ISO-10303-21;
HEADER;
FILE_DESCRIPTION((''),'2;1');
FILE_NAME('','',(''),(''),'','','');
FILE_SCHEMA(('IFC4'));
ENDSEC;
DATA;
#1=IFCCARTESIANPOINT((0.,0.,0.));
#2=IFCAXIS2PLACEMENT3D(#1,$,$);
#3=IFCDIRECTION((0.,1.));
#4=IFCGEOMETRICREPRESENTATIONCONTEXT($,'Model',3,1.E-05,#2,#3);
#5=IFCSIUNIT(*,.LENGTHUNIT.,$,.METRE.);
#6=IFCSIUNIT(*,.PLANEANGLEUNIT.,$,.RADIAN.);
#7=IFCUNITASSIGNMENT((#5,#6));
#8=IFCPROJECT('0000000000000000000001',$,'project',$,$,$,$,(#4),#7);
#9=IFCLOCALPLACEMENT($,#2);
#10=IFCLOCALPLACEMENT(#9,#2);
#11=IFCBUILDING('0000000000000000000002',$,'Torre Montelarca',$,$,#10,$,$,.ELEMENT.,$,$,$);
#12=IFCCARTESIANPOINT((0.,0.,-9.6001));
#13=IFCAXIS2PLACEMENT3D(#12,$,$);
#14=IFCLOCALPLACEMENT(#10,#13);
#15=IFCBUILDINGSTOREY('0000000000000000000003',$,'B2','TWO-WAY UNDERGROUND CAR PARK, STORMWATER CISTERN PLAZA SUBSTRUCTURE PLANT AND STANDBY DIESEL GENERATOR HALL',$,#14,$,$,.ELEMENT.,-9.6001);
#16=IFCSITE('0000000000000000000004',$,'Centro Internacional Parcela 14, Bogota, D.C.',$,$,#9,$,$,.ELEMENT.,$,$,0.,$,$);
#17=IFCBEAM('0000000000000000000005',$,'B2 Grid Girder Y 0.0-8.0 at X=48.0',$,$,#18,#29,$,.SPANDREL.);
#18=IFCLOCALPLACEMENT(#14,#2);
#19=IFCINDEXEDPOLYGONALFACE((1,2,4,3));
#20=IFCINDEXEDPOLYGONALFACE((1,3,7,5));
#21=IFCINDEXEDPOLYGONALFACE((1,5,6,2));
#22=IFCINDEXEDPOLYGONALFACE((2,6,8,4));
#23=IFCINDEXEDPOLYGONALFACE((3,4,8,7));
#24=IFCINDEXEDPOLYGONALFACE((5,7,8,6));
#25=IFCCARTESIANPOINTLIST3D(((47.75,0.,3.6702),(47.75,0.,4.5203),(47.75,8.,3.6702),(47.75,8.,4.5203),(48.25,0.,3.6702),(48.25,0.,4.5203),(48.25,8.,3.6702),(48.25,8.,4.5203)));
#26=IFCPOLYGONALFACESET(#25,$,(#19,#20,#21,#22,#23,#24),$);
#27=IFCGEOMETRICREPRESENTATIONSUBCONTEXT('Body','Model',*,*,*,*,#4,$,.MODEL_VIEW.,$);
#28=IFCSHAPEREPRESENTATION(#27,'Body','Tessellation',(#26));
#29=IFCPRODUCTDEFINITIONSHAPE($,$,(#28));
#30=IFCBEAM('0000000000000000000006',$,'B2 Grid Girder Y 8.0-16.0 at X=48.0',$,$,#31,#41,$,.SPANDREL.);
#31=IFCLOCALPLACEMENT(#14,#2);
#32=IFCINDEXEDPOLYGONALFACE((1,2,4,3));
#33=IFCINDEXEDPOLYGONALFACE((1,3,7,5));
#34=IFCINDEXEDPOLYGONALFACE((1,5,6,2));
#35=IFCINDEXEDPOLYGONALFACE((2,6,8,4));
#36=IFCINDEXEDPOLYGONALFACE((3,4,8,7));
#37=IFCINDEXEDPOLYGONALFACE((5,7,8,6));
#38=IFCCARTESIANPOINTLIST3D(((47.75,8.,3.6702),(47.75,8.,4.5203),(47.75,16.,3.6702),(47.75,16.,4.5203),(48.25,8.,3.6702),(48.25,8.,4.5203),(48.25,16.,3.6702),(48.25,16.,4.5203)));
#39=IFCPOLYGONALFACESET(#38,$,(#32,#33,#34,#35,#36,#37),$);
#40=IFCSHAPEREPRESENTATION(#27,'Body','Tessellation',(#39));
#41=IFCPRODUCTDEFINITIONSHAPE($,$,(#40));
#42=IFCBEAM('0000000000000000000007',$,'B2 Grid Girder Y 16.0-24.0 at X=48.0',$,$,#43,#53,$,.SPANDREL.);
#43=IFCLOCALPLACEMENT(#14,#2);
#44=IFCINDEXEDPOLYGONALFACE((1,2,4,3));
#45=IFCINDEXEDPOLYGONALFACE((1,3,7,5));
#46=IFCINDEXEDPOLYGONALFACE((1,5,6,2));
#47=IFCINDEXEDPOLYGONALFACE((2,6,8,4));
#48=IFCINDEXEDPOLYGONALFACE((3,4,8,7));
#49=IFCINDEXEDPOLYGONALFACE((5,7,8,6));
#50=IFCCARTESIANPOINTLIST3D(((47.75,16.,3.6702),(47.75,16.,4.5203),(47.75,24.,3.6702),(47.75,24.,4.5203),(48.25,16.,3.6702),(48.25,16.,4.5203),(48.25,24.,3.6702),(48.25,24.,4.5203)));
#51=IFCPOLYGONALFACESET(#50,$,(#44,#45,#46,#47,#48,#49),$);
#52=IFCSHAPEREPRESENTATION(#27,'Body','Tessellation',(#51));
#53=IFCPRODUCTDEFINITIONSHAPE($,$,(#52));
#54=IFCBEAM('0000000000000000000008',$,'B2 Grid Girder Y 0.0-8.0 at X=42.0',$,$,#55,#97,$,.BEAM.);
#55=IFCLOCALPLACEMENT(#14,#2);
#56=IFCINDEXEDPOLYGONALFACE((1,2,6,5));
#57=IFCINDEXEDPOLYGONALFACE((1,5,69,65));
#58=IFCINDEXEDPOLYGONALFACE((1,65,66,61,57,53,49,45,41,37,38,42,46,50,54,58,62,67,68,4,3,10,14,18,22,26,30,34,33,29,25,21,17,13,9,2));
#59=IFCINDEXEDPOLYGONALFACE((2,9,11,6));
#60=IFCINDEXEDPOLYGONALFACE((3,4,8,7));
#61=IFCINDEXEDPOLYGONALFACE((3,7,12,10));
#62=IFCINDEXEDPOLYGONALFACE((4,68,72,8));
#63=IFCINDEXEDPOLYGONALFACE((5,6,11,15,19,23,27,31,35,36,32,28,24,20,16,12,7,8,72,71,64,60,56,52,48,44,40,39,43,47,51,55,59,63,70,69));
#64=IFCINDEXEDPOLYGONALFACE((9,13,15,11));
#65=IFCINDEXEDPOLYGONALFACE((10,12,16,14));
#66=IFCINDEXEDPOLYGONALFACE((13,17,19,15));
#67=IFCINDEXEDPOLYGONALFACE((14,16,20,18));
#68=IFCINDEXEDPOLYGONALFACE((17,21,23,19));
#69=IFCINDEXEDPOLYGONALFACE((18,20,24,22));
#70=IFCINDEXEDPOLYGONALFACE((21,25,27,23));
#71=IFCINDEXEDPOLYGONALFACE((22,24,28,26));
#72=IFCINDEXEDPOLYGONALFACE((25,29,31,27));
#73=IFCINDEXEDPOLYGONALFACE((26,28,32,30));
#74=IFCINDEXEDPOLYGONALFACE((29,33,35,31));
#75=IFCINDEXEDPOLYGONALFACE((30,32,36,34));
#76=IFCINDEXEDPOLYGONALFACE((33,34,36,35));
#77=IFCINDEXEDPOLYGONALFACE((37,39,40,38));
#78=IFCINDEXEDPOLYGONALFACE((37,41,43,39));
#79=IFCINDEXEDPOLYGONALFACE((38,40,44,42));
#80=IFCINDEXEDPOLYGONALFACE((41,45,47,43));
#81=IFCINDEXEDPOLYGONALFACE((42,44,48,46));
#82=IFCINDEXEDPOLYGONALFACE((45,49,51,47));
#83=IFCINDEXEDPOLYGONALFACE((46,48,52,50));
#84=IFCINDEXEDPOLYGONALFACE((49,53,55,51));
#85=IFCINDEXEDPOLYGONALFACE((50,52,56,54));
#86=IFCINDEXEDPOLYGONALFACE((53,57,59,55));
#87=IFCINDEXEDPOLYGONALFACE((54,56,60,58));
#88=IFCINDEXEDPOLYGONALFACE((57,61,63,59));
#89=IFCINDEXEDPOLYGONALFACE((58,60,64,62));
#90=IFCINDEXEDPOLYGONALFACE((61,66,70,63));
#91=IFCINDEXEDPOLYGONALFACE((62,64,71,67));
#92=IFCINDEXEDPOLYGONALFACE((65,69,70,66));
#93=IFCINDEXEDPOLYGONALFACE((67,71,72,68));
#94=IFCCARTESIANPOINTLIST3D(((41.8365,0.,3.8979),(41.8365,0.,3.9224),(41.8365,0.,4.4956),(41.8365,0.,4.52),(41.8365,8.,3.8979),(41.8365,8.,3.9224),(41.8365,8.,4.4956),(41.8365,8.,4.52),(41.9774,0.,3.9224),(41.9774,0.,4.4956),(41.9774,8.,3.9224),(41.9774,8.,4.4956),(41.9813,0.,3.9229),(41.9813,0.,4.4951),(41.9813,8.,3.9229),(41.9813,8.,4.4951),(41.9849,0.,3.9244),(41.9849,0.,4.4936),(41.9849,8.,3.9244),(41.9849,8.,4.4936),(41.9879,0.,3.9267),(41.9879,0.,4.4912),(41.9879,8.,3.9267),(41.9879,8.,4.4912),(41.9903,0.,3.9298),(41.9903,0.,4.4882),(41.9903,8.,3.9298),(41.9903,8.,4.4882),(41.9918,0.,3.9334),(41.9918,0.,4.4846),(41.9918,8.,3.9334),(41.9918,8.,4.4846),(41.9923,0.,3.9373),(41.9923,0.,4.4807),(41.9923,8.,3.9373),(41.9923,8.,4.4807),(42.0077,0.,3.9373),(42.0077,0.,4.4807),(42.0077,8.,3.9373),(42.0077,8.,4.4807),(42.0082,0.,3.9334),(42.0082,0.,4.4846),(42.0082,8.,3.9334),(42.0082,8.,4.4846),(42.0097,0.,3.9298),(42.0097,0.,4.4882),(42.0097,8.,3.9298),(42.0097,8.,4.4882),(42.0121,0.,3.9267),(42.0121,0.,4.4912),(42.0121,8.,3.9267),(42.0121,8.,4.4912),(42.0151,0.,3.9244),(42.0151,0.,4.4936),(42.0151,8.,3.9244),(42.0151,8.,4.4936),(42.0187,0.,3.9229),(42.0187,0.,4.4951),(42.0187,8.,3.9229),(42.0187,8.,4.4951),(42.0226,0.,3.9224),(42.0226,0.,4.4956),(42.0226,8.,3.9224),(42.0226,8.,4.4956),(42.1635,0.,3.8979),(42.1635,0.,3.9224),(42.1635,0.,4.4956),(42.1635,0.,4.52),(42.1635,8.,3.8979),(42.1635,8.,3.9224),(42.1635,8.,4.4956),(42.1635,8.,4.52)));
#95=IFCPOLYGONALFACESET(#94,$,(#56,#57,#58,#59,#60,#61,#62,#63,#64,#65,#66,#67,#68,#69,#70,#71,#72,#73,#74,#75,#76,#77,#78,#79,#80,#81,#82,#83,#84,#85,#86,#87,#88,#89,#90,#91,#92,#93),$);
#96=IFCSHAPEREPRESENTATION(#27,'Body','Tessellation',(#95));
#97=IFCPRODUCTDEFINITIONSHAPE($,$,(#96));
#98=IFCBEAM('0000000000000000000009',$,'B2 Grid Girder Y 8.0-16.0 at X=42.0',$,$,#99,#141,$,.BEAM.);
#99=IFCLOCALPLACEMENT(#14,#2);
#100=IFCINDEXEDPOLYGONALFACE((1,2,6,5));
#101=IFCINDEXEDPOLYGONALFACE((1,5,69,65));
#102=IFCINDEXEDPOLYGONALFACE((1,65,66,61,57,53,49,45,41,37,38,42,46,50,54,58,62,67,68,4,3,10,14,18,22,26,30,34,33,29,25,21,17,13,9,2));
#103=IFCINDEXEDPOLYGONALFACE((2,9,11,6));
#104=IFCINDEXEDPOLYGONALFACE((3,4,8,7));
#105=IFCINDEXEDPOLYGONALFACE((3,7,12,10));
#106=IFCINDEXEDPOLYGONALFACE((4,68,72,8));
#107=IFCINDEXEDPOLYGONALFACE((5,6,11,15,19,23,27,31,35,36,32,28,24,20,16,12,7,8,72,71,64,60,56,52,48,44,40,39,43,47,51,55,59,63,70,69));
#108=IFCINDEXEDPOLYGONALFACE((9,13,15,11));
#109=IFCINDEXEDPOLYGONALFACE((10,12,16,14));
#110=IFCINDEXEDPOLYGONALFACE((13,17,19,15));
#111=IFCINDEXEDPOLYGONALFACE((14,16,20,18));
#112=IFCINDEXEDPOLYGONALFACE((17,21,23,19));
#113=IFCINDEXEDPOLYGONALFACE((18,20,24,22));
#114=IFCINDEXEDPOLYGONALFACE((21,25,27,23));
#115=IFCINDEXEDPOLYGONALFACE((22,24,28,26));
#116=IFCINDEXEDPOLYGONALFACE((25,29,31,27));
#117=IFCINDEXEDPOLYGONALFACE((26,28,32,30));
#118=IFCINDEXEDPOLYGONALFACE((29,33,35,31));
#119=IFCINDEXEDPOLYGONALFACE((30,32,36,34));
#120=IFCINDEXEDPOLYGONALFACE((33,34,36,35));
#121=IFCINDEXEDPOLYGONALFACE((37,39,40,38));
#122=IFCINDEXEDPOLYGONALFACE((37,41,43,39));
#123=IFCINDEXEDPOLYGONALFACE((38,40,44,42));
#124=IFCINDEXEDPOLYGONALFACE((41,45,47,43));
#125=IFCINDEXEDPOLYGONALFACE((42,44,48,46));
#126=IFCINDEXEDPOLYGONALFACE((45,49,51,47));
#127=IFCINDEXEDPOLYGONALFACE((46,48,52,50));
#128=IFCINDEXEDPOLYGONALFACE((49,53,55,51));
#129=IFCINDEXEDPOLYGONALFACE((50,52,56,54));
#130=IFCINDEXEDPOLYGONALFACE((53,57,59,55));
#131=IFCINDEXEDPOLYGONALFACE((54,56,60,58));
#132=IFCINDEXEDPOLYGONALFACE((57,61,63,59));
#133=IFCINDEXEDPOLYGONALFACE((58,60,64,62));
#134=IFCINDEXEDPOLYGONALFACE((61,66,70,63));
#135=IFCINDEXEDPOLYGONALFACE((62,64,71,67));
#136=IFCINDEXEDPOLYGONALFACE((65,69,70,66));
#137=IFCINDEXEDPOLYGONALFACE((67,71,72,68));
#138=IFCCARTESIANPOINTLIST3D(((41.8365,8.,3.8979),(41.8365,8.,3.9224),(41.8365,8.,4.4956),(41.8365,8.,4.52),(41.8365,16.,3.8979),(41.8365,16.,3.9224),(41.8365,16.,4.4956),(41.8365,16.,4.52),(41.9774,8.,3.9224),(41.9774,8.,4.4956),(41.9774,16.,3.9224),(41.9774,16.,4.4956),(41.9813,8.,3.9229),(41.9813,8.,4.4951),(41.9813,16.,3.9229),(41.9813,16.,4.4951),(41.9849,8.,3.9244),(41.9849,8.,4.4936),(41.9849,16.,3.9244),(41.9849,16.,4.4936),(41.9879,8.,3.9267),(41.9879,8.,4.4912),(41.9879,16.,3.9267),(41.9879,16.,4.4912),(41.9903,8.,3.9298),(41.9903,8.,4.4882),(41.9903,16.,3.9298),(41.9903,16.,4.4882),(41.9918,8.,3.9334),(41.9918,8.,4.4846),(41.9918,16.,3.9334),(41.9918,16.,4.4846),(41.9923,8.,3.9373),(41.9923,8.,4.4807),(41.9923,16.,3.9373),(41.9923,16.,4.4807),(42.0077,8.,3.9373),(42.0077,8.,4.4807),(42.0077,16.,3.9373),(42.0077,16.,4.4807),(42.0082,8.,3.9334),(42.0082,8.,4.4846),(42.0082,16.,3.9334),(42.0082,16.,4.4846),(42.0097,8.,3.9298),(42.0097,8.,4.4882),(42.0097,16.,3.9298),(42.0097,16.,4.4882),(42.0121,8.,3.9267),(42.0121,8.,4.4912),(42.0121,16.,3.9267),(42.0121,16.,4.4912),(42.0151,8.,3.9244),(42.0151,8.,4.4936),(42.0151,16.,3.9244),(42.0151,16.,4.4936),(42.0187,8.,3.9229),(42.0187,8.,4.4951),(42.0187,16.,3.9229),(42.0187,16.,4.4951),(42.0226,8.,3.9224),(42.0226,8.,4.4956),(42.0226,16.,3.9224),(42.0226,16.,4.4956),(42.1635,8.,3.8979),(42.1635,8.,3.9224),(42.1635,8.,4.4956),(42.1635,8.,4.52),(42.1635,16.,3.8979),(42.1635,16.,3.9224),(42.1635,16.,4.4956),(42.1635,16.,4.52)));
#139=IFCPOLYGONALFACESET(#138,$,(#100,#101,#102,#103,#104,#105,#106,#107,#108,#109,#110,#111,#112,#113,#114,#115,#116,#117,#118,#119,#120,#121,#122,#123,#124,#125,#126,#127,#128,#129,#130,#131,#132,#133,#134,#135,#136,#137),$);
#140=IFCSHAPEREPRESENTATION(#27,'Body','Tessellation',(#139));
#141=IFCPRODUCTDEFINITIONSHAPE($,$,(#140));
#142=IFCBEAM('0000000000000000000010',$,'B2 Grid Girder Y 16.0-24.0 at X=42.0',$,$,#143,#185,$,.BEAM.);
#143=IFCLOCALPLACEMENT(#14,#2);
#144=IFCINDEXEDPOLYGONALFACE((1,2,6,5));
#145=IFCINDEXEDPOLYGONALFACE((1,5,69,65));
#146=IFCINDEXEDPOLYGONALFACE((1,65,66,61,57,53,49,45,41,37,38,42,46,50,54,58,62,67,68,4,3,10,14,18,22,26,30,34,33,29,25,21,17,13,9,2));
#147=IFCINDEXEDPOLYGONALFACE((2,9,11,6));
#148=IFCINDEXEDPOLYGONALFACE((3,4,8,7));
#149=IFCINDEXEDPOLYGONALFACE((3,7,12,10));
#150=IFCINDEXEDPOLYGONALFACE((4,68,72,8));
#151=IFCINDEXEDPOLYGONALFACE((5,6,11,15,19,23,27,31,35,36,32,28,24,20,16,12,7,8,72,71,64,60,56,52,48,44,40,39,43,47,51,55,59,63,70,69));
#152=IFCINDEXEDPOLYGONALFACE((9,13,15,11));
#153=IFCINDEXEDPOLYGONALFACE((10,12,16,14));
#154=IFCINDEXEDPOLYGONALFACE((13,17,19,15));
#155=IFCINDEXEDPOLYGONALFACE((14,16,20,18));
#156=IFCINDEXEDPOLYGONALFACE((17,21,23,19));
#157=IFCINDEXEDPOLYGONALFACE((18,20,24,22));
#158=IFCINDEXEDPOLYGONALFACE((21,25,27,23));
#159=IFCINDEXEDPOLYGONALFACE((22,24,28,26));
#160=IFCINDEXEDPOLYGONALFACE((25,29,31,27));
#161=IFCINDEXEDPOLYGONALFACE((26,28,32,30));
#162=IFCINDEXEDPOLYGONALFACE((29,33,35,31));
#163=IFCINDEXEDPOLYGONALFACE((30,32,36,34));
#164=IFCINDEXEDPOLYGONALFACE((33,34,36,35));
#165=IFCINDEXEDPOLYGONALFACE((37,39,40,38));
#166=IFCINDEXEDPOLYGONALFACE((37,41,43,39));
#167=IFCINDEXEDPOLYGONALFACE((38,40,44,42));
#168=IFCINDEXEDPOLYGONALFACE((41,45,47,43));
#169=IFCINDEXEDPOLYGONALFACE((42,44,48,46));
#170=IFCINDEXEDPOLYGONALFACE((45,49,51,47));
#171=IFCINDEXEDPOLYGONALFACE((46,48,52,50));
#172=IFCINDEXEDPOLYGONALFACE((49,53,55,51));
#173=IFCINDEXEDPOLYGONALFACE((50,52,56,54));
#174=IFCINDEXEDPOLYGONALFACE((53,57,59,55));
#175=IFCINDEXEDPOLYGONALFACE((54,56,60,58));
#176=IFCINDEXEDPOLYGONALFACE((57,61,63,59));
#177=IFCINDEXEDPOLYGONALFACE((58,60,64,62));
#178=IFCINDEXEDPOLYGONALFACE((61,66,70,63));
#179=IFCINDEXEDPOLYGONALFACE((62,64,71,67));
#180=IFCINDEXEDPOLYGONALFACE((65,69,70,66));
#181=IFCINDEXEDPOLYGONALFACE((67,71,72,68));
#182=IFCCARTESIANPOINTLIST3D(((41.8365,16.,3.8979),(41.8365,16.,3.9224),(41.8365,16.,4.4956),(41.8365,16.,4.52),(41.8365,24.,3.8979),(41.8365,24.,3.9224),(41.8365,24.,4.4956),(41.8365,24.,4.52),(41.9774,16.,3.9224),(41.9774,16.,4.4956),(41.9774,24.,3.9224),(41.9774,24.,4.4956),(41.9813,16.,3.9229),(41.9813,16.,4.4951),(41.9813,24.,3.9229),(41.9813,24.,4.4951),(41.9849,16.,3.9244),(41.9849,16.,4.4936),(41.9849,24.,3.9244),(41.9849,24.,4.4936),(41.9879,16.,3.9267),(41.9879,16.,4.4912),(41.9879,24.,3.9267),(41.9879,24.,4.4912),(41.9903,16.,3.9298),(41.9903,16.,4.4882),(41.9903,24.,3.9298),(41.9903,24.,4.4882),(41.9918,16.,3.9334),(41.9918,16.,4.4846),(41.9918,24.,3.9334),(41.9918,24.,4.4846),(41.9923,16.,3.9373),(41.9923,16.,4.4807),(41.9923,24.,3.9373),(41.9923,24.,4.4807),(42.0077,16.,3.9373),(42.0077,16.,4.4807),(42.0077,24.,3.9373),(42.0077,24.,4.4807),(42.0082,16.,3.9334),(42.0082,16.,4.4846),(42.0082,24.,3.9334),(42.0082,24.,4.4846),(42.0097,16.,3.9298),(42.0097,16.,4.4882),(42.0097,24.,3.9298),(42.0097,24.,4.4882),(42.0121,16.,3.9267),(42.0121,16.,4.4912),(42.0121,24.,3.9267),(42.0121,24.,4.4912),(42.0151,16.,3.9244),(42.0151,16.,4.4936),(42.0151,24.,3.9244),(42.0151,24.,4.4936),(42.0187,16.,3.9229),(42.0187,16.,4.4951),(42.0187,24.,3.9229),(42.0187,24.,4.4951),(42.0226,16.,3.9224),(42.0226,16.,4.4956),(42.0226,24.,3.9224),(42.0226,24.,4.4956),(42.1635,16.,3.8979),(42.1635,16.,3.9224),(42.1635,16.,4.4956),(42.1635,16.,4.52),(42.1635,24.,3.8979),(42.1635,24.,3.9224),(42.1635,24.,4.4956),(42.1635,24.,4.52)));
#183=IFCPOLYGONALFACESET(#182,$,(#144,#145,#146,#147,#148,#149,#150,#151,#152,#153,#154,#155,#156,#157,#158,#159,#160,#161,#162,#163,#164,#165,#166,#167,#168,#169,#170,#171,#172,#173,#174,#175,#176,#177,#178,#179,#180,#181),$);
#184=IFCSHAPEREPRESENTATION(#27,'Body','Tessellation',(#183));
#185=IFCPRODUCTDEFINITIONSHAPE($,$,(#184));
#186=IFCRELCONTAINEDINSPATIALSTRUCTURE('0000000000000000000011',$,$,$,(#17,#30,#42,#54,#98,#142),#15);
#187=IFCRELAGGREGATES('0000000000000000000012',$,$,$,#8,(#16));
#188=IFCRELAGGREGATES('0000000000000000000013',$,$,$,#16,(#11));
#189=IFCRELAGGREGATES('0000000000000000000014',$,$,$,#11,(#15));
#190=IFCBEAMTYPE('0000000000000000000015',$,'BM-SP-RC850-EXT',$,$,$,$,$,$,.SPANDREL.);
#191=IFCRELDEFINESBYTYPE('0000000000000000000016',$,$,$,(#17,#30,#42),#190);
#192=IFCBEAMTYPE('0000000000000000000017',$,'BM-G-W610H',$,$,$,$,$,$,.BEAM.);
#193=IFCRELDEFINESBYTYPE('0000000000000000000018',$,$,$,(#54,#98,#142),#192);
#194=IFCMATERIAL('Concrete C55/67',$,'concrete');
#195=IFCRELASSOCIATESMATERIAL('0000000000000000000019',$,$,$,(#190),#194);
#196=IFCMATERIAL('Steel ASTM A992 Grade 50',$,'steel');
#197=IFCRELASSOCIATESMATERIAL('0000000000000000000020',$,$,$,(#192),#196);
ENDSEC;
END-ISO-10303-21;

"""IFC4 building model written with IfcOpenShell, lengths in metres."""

from ifc_helpers import new_model, si_unit, direction, frame, origin, origin_2d, place, context, subcontext, project, spatial, rectangle, i_section, extrude, source, transform, mapped, material, material_profile, profile_set, type_object, element, save


model = new_model("IFC4")

# Units and contexts
model_context = context("Model", 3, precision=1e-05, world=origin(), true_north=direction((0.0, 1.0)))
body_context = subcontext(model_context, "Body", "Model", "MODEL_VIEW")
ifc_project = project(units=[si_unit("LENGTHUNIT", "METRE"), si_unit("PLANEANGLEUNIT", "RADIAN")], contexts=[model_context])

# Site, building, storey
site_placement = place(None, origin())
site = spatial("IfcSite", under=ifc_project, at=site_placement, Name="Centro Internacional Parcela 14, Bogota, D.C.", CompositionType="ELEMENT", RefElevation=0.0)
building_placement = place(site_placement, origin())
building = spatial("IfcBuilding", under=site, at=building_placement, Name="Torre Montelarca", CompositionType="ELEMENT")
storey_placement = place(building_placement, frame((0.0, 0.0, -9.6001)))
storey = spatial("IfcBuildingStorey", under=building, at=storey_placement, Name="B2", Description="TWO-WAY UNDERGROUND CAR PARK, STORMWATER CISTERN PLAZA SUBSTRUCTURE PLANT AND STANDBY DIESEL GENERATOR HALL", CompositionType="ELEMENT", Elevation=-9.6001)

# Shared definitions
ifc_material_1 = material(Name="Concrete C55/67", Category="concrete")

# Beams
ifc_material_profile_1 = material_profile(ifc_material_1, rectangle(XDim=0.5, YDim=0.8501, at=origin_2d()), Name="RCB500X850", Category="concrete")
ifc_profile_set_1 = profile_set([ifc_material_profile_1], Name="Concrete C55/67")
beam_type_1 = type_object("IfcBeamType", Name="BM-SP-RC850-EXT", PredefinedType="SPANDREL", material=ifc_profile_set_1)
ifc_material_2 = material(Name="Steel ASTM A992 Grade 50", Category="steel")
ifc_material_profile_2 = material_profile(ifc_material_2, i_section(OverallWidth=0.3269, OverallDepth=0.6221, WebThickness=0.0154, FlangeThickness=0.0244, FilletRadius=0.0149, at=origin_2d()), Name="W610X195", Category="steel")
ifc_profile_set_2 = profile_set([ifc_material_profile_2], Name="Steel ASTM A992 Grade 50")
beam_type_2 = type_object("IfcBeamType", Name="BM-G-W610H", PredefinedType="BEAM", material=ifc_profile_set_2)
shared_shape_1 = source(origin(), body_context, "Body", "SweptSolid", [
    extrude(rectangle(XDim=0.5, YDim=0.8501, at=origin_2d()), origin(), (0.0, 0.0, 1.0), 8.0),
])
for number, where, z_axis, x_axis, name in (
    (1, (48.0, 0.0, 4.0952), (0.0, 1.0, 0.0), (-1.0, 0.0, 0.0), "B2 Grid Girder Y 0.0-8.0 at X=48.0"),
    (2, (48.0, 8.0, 4.0952), (0.0, 1.0, 0.0), (-1.0, 0.0, 0.0), "B2 Grid Girder Y 8.0-16.0 at X=48.0"),
    (3, (48.0, 16.0, 4.0952), (0.0, 1.0, 0.0), (-1.0, 0.0, 0.0), "B2 Grid Girder Y 16.0-24.0 at X=48.0"),
):
    element("IfcBeam", number, at=place(storey_placement, frame(where, z_axis=z_axis, x_axis=x_axis)), inside=storey, type_object=beam_type_1, Name=name, PredefinedType="SPANDREL", context=body_context, shape_type="MappedRepresentation", body=[
        mapped(shared_shape_1, transform((0.0, 0.0, 0.0), scale=1.0)),
    ])
shared_shape_2 = source(origin(), body_context, "Body", "SweptSolid", [
    extrude(i_section(OverallWidth=0.3269, OverallDepth=0.6221, WebThickness=0.0154, FlangeThickness=0.0244, FilletRadius=0.0149, at=origin_2d()), origin(), (0.0, 0.0, 1.0), 8.0),
])
for number, where, z_axis, x_axis, name in (
    (4, (42.0, 0.0, 4.209), (0.0, 1.0, 0.0), (-1.0, 0.0, 0.0), "B2 Grid Girder Y 0.0-8.0 at X=42.0"),
    (5, (42.0, 8.0, 4.209), (0.0, 1.0, 0.0), (-1.0, 0.0, 0.0), "B2 Grid Girder Y 8.0-16.0 at X=42.0"),
    (6, (42.0, 16.0, 4.209), (0.0, 1.0, 0.0), (-1.0, 0.0, 0.0), "B2 Grid Girder Y 16.0-24.0 at X=42.0"),
):
    element("IfcBeam", number, at=place(storey_placement, frame(where, z_axis=z_axis, x_axis=x_axis)), inside=storey, type_object=beam_type_2, Name=name, PredefinedType="BEAM", context=body_context, shape_type="MappedRepresentation", body=[
        mapped(shared_shape_2, transform((0.0, 0.0, 0.0), scale=1.0)),
    ])

save(model, "model.ifc")
